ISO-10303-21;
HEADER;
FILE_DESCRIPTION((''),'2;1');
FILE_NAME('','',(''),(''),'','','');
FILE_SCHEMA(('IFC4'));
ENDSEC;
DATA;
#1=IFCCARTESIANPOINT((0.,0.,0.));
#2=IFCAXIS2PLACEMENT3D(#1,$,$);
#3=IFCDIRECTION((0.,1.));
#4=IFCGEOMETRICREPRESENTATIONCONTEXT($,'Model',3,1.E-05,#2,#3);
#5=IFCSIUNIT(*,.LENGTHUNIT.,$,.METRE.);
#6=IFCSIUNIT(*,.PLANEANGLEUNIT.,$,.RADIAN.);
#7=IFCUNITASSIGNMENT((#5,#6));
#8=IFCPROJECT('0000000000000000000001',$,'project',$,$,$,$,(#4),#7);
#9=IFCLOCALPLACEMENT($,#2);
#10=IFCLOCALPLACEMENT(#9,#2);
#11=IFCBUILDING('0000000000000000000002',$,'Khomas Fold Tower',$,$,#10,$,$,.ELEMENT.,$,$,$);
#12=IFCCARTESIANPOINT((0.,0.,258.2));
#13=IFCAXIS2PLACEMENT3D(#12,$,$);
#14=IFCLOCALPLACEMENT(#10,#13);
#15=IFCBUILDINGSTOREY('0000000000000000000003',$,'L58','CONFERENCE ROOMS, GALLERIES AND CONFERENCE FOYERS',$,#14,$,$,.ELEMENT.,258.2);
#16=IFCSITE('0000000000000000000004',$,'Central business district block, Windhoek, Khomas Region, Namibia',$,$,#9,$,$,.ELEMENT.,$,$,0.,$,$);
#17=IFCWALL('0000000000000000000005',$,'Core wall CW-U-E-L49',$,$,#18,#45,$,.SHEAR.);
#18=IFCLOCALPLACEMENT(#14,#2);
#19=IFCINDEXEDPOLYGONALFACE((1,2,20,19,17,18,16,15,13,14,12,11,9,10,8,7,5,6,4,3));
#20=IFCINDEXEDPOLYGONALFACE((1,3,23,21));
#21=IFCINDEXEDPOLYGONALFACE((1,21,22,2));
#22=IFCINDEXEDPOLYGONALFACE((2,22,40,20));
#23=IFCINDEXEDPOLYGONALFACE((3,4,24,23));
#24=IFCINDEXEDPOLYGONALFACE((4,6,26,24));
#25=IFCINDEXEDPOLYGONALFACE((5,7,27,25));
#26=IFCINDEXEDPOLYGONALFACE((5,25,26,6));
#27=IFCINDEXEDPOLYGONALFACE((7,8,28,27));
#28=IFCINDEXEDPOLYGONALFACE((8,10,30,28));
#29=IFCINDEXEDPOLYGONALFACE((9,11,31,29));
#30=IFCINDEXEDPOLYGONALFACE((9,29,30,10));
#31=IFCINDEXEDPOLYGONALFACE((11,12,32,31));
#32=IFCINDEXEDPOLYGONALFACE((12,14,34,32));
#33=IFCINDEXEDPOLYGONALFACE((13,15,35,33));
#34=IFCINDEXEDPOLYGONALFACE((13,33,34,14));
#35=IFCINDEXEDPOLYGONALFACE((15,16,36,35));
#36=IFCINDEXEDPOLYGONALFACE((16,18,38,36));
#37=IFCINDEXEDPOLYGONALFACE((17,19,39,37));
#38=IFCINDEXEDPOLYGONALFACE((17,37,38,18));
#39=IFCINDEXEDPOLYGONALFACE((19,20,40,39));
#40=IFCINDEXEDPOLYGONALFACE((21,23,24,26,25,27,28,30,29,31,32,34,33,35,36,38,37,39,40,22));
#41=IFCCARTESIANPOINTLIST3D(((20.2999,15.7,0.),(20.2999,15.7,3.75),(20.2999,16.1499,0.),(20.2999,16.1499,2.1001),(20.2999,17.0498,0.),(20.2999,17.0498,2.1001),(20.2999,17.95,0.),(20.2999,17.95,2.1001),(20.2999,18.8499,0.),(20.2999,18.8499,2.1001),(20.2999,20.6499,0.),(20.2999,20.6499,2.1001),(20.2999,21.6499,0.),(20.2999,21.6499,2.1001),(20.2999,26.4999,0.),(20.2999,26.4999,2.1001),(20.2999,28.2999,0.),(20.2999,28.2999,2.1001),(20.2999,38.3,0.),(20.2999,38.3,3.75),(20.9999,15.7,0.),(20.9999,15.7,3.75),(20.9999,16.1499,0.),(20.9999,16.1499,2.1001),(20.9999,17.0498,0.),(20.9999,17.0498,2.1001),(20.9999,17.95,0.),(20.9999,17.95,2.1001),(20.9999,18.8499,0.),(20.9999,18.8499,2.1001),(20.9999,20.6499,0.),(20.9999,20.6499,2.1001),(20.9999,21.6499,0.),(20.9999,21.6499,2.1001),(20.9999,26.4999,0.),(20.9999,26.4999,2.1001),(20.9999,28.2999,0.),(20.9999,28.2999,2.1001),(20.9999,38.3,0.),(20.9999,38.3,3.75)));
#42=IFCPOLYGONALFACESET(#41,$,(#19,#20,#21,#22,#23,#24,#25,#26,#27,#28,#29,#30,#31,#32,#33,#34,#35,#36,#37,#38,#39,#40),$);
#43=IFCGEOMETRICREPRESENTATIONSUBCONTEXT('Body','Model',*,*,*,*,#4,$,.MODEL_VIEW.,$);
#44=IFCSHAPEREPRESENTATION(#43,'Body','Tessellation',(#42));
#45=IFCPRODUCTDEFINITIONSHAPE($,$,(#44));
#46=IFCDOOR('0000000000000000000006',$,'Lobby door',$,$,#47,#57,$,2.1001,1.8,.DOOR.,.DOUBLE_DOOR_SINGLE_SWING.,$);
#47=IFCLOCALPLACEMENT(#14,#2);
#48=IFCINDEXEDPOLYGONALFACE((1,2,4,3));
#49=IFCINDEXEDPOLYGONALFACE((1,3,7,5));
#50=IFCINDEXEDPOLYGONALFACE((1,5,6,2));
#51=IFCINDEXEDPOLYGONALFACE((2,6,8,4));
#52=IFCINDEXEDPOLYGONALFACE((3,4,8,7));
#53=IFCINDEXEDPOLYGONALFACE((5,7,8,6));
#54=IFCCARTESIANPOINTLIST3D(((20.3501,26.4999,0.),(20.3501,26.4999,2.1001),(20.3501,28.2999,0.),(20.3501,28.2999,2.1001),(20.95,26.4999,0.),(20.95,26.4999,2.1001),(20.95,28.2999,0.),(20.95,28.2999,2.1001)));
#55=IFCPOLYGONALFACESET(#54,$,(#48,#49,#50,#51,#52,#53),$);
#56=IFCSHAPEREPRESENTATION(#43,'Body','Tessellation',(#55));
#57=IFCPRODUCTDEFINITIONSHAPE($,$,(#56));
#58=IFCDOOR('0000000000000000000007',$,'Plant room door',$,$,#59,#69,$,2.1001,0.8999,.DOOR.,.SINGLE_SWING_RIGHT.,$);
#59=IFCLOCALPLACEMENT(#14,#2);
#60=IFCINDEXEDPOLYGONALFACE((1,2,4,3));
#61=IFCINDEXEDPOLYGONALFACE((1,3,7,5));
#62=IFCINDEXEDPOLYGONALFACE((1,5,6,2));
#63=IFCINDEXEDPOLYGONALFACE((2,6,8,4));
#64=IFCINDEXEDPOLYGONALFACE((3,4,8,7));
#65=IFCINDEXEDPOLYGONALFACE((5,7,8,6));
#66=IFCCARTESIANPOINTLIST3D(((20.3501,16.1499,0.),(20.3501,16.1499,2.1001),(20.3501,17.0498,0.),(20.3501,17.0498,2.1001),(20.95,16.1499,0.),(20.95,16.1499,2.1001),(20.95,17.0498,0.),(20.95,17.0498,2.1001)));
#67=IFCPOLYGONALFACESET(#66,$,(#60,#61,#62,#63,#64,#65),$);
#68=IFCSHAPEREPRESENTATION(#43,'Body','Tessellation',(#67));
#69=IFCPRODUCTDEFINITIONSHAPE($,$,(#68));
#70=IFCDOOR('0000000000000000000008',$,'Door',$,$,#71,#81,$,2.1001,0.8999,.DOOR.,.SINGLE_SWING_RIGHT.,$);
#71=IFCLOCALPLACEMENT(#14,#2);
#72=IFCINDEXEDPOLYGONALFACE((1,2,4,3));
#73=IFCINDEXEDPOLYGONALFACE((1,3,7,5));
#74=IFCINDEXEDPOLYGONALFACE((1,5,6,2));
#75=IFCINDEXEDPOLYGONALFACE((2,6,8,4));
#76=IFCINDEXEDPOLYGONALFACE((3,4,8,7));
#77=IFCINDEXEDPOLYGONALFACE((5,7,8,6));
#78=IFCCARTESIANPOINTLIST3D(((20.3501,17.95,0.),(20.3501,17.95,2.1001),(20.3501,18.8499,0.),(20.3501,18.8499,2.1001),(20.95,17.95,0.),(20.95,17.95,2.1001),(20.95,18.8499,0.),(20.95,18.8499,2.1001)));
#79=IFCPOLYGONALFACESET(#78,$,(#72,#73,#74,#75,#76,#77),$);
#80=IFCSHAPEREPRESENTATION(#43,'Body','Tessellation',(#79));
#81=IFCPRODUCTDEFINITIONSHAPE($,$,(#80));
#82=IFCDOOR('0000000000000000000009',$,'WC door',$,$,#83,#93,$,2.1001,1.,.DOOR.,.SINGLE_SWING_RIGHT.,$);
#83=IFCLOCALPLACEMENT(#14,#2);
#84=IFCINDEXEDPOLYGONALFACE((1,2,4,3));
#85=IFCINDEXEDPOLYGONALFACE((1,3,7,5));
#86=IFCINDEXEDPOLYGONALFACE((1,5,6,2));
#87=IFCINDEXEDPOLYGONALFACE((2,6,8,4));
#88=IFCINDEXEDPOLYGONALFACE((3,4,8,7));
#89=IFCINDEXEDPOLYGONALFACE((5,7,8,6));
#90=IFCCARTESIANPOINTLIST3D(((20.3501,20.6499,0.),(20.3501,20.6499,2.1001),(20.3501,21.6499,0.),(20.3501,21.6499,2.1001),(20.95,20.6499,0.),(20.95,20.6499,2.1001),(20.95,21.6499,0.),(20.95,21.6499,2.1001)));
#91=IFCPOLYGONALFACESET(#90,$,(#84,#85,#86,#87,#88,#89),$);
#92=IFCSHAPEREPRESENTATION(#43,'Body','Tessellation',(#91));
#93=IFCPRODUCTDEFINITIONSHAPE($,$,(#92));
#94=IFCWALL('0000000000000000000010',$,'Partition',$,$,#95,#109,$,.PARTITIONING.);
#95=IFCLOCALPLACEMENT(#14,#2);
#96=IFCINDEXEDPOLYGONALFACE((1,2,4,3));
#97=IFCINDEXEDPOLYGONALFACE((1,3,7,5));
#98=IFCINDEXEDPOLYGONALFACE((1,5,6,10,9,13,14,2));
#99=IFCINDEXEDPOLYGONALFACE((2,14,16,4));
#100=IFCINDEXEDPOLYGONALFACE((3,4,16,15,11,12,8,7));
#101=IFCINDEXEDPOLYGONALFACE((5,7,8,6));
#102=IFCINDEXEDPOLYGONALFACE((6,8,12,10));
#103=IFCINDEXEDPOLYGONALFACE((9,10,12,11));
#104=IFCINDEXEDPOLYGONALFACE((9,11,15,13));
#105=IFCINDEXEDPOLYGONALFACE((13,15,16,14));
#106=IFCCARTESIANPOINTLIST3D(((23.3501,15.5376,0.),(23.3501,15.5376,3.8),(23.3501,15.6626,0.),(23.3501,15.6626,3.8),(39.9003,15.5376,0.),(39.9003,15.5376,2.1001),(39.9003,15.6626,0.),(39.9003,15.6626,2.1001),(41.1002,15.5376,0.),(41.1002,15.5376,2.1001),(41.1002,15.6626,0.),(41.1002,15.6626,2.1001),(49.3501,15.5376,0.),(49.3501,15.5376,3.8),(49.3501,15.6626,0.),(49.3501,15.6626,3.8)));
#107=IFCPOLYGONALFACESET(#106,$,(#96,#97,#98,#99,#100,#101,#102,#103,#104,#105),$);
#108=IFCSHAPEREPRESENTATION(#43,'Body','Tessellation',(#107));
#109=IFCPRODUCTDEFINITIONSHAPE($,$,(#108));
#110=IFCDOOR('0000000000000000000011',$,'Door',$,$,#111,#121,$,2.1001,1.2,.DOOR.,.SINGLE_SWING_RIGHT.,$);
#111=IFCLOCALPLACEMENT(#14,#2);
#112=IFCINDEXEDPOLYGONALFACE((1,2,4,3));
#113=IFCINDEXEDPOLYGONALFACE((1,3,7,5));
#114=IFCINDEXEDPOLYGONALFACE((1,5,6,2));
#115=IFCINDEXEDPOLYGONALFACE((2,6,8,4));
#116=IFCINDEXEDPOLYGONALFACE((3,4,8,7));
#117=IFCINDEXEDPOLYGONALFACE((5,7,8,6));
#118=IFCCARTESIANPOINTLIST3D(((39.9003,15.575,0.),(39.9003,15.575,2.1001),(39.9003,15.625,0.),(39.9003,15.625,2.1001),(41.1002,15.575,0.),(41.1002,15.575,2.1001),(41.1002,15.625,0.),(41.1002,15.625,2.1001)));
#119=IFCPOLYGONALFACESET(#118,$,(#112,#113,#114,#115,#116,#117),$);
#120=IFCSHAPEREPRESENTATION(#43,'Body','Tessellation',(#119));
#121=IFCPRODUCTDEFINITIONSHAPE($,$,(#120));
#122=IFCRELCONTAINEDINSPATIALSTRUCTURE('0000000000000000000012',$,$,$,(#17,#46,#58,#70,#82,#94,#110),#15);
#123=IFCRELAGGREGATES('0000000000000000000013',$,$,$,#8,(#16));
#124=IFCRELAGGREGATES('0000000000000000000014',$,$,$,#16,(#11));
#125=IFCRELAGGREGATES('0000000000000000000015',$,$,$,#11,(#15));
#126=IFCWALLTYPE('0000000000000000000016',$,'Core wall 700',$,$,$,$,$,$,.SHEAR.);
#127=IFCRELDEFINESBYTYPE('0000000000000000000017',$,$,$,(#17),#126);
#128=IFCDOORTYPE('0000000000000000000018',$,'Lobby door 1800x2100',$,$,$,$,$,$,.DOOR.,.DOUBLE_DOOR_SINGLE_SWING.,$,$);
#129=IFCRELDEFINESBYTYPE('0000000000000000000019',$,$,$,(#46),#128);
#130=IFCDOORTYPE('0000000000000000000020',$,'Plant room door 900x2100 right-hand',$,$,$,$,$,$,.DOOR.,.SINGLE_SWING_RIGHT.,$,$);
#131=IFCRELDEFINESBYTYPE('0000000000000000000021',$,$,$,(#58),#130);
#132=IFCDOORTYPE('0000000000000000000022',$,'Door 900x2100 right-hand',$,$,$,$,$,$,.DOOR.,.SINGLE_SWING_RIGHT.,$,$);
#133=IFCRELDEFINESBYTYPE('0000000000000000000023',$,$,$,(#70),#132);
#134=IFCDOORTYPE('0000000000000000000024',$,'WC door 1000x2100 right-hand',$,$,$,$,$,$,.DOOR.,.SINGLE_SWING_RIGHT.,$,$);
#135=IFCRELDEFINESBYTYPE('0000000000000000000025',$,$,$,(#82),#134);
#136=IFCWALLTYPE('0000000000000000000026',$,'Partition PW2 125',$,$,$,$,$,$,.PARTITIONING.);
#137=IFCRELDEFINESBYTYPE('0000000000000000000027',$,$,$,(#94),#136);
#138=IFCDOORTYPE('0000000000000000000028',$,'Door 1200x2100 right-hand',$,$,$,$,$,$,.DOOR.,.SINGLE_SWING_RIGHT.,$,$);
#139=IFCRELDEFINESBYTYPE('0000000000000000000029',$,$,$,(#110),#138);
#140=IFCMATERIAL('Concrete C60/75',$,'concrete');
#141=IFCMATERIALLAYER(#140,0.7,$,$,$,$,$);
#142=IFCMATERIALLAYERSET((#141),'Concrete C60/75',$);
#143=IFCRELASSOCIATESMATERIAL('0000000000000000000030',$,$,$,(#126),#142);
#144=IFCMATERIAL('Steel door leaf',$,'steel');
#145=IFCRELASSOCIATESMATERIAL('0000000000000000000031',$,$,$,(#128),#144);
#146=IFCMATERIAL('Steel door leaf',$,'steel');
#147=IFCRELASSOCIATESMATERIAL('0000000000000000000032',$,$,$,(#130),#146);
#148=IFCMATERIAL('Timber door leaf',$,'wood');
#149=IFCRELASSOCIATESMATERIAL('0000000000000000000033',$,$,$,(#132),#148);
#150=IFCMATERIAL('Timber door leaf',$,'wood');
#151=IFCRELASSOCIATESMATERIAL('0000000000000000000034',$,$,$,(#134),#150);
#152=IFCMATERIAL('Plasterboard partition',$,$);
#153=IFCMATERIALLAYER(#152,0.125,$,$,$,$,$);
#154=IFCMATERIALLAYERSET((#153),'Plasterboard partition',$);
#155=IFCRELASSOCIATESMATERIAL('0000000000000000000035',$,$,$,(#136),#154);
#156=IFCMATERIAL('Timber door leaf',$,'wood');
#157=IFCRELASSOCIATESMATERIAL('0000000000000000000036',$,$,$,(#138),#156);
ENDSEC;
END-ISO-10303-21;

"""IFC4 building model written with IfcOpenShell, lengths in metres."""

from ifc_helpers import new_model, si_unit, direction, frame, frame_2d, origin, place, context, subcontext, project, spatial, rectangle, extrude, source, transform, mapped, material, layer, layer_set, type_object, element, fill, save


model = new_model("IFC4")

# Units and contexts
model_context = context("Model", 3, precision=1e-05, world=origin(), true_north=direction((0.0, 1.0)))
body_context = subcontext(model_context, "Body", "Model", "MODEL_VIEW")
ifc_project = project(units=[si_unit("LENGTHUNIT", "METRE"), si_unit("PLANEANGLEUNIT", "RADIAN")], contexts=[model_context])

# Site, building, storey
site_placement = place(None, origin())
site = spatial("IfcSite", under=ifc_project, at=site_placement, Name="Central business district block, Windhoek, Khomas Region, Namibia", CompositionType="ELEMENT", RefElevation=0.0)
building_placement = place(site_placement, origin())
building = spatial("IfcBuilding", under=site, at=building_placement, Name="Khomas Fold Tower", CompositionType="ELEMENT")
storey_placement = place(building_placement, frame((0.0, 0.0, 258.2)))
storey = spatial("IfcBuildingStorey", under=building, at=storey_placement, Name="L58", Description="CONFERENCE ROOMS, GALLERIES AND CONFERENCE FOYERS", CompositionType="ELEMENT", Elevation=258.2)

# Wall, openings, doors
ifc_material_1 = material(Name="Concrete C60/75", Category="concrete")
ifc_layer_1 = layer(ifc_material_1, 0.7)
ifc_layer_set_1 = layer_set([ifc_layer_1], Name="Concrete C60/75")
wall_type_1 = type_object("IfcWallType", Name="Core wall 700", PredefinedType="SHEAR", material=ifc_layer_set_1)
shared_shape_1 = source(origin(), body_context, "Body", "SweptSolid", [
    extrude(rectangle(XDim=22.6001, YDim=0.7, at=frame_2d((11.3, 0.0))), origin(), (0.0, 0.0, 1.0), 3.75),
])
wall_1_placement = place(storey_placement, frame((20.6499, 15.7, 0.0), z_axis=(0.0, 0.0, 1.0), x_axis=(0.0, 1.0, 0.0)))
wall_1 = element("IfcWall", 1, at=wall_1_placement, inside=storey, type_object=wall_type_1, Name="Core wall CW-U-E-L49", PredefinedType="SHEAR", context=body_context, shape_type="MappedRepresentation", body=[
    mapped(shared_shape_1, transform((0.0, 0.0, 0.0))),
])
shared_shape_2 = source(origin(), body_context, "Body", "SweptSolid", [
    extrude(rectangle(XDim=1.8, YDim=2.1001, at=frame_2d((0.8999, 1.05))), frame((0.0, 0.3599, 0.0), z_axis=(0.0, -1.0, 0.0), x_axis=(1.0, 0.0, 0.0)), (0.0, 0.0, 1.0), 0.72),
])
opening_1_placement = place(wall_1_placement, frame((10.8, 0.0, 0.0)))
opening_1 = element("IfcOpeningElement", 2, at=opening_1_placement, cuts=wall_1, PredefinedType="OPENING", context=body_context, shape_type="MappedRepresentation", body=[
    mapped(shared_shape_2, transform((0.0, 0.0, 0.0))),
])
shared_shape_3 = source(origin(), body_context, "Body", "SweptSolid", [
    extrude(rectangle(XDim=0.8999, YDim=2.1001, at=frame_2d((0.45, 1.05))), frame((0.0, 0.3599, 0.0), z_axis=(0.0, -1.0, 0.0), x_axis=(1.0, 0.0, 0.0)), (0.0, 0.0, 1.0), 0.72),
])
opening_2_placement = place(wall_1_placement, frame((0.45, 0.0, 0.0)))
opening_2 = element("IfcOpeningElement", 3, at=opening_2_placement, cuts=wall_1, PredefinedType="OPENING", context=body_context, shape_type="MappedRepresentation", body=[
    mapped(shared_shape_3, transform((0.0, 0.0, 0.0))),
])
opening_3_placement = place(wall_1_placement, frame((2.25, 0.0, 0.0)))
opening_3 = element("IfcOpeningElement", 4, at=opening_3_placement, cuts=wall_1, PredefinedType="OPENING", context=body_context, shape_type="MappedRepresentation", body=[
    mapped(shared_shape_3, transform((0.0, 0.0, 0.0))),
])
shared_shape_4 = source(origin(), body_context, "Body", "SweptSolid", [
    extrude(rectangle(XDim=1.0, YDim=2.1001, at=frame_2d((0.5, 1.05))), frame((0.0, 0.3599, 0.0), z_axis=(0.0, -1.0, 0.0), x_axis=(1.0, 0.0, 0.0)), (0.0, 0.0, 1.0), 0.72),
])
opening_4_placement = place(wall_1_placement, frame((4.95, 0.0, 0.0)))
opening_4 = element("IfcOpeningElement", 5, at=opening_4_placement, cuts=wall_1, PredefinedType="OPENING", context=body_context, shape_type="MappedRepresentation", body=[
    mapped(shared_shape_4, transform((0.0, 0.0, 0.0))),
])
ifc_material_2 = material(Name="Steel door leaf", Category="steel")
door_type_1 = type_object("IfcDoorType", Name="Lobby door 1800x2100", OperationType="DOUBLE_DOOR_SINGLE_SWING", PredefinedType="DOOR", material=ifc_material_2)
shared_shape_5 = source(origin(), body_context, "Body", "SweptSolid", [
    extrude(rectangle(XDim=1.8, YDim=2.1001, at=frame_2d((0.8999, 1.05))), frame((0.0, 0.2998, 0.0), z_axis=(0.0, -1.0, 0.0), x_axis=(1.0, 0.0, 0.0)), (0.0, 0.0, 1.0), 0.5999),
])
door_1_placement = place(opening_1_placement, origin())
door_1 = element("IfcDoor", 6, at=door_1_placement, inside=storey, type_object=door_type_1, Name="Lobby door", OperationType="DOUBLE_DOOR_SINGLE_SWING", OverallHeight=2.1001, OverallWidth=1.8, PredefinedType="DOOR", context=body_context, shape_type="MappedRepresentation", body=[
    mapped(shared_shape_5, transform((0.0, 0.0, 0.0))),
])
fill(opening_1, door_1)
ifc_material_3 = material(Name="Steel door leaf", Category="steel")
door_type_2 = type_object("IfcDoorType", Name="Plant room door 900x2100 right-hand", OperationType="SINGLE_SWING_RIGHT", PredefinedType="DOOR", material=ifc_material_3)
shared_shape_6 = source(origin(), body_context, "Body", "SweptSolid", [
    extrude(rectangle(XDim=0.8999, YDim=2.1001, at=frame_2d((0.45, 1.05))), frame((0.0, 0.2998, 0.0), z_axis=(0.0, -1.0, 0.0), x_axis=(1.0, 0.0, 0.0)), (0.0, 0.0, 1.0), 0.5999),
])
door_2_placement = place(opening_2_placement, origin())
door_2 = element("IfcDoor", 7, at=door_2_placement, inside=storey, type_object=door_type_2, Name="Plant room door", OperationType="SINGLE_SWING_RIGHT", OverallHeight=2.1001, OverallWidth=0.8999, PredefinedType="DOOR", context=body_context, shape_type="MappedRepresentation", body=[
    mapped(shared_shape_6, transform((0.0, 0.0, 0.0))),
])
fill(opening_2, door_2)
ifc_material_4 = material(Name="Timber door leaf", Category="wood")
door_type_3 = type_object("IfcDoorType", Name="Door 900x2100 right-hand", OperationType="SINGLE_SWING_RIGHT", PredefinedType="DOOR", material=ifc_material_4)
door_3_placement = place(opening_3_placement, origin())
door_3 = element("IfcDoor", 8, at=door_3_placement, inside=storey, type_object=door_type_3, Name="Door", OperationType="SINGLE_SWING_RIGHT", OverallHeight=2.1001, OverallWidth=0.8999, PredefinedType="DOOR", context=body_context, shape_type="MappedRepresentation", body=[
    mapped(shared_shape_6, transform((0.0, 0.0, 0.0))),
])
fill(opening_3, door_3)
ifc_material_5 = material(Name="Timber door leaf", Category="wood")
door_type_4 = type_object("IfcDoorType", Name="WC door 1000x2100 right-hand", OperationType="SINGLE_SWING_RIGHT", PredefinedType="DOOR", material=ifc_material_5)
shared_shape_7 = source(origin(), body_context, "Body", "SweptSolid", [
    extrude(rectangle(XDim=1.0, YDim=2.1001, at=frame_2d((0.5, 1.05))), frame((0.0, 0.2998, 0.0), z_axis=(0.0, -1.0, 0.0), x_axis=(1.0, 0.0, 0.0)), (0.0, 0.0, 1.0), 0.5999),
])
door_4_placement = place(opening_4_placement, origin())
door_4 = element("IfcDoor", 9, at=door_4_placement, inside=storey, type_object=door_type_4, Name="WC door", OperationType="SINGLE_SWING_RIGHT", OverallHeight=2.1001, OverallWidth=1.0, PredefinedType="DOOR", context=body_context, shape_type="MappedRepresentation", body=[
    mapped(shared_shape_7, transform((0.0, 0.0, 0.0))),
])
fill(opening_4, door_4)

# Wall, opening, door
ifc_material_6 = material(Name="Plasterboard partition")
ifc_layer_2 = layer(ifc_material_6, 0.125)
ifc_layer_set_2 = layer_set([ifc_layer_2], Name="Plasterboard partition")
wall_type_2 = type_object("IfcWallType", Name="Partition PW2 125", PredefinedType="PARTITIONING", material=ifc_layer_set_2)
shared_shape_8 = source(origin(), body_context, "Body", "SweptSolid", [
    extrude(rectangle(XDim=26.0, YDim=0.125, at=frame_2d((13.0, 0.0))), origin(), (0.0, 0.0, 1.0), 3.8),
])
wall_2_placement = place(storey_placement, frame((23.3501, 15.6001, 0.0), z_axis=(0.0, 0.0, 1.0), x_axis=(1.0, 0.0, 0.0)))
wall_2 = element("IfcWall", 10, at=wall_2_placement, inside=storey, type_object=wall_type_2, Name="Partition", PredefinedType="PARTITIONING", context=body_context, shape_type="MappedRepresentation", body=[
    mapped(shared_shape_8, transform((0.0, 0.0, 0.0))),
])
shared_shape_9 = source(origin(), body_context, "Body", "SweptSolid", [
    extrude(rectangle(XDim=1.2, YDim=2.1001, at=frame_2d((0.6001, 1.05))), frame((0.0, 0.0725, 0.0), z_axis=(0.0, -1.0, 0.0), x_axis=(1.0, 0.0, 0.0)), (0.0, 0.0, 1.0), 0.145),
])
opening_5_placement = place(wall_2_placement, frame((16.55, 0.0, 0.0)))
opening_5 = element("IfcOpeningElement", 11, at=opening_5_placement, cuts=wall_2, PredefinedType="OPENING", context=body_context, shape_type="MappedRepresentation", body=[
    mapped(shared_shape_9, transform((0.0, 0.0, 0.0))),
])
ifc_material_7 = material(Name="Timber door leaf", Category="wood")
door_type_5 = type_object("IfcDoorType", Name="Door 1200x2100 right-hand", OperationType="SINGLE_SWING_RIGHT", PredefinedType="DOOR", material=ifc_material_7)
shared_shape_10 = source(origin(), body_context, "Body", "SweptSolid", [
    extrude(rectangle(XDim=1.2, YDim=2.1001, at=frame_2d((0.6001, 1.05))), frame((0.0, 0.0249, 0.0), z_axis=(0.0, -1.0, 0.0), x_axis=(1.0, 0.0, 0.0)), (0.0, 0.0, 1.0), 0.05),
])
door_5_placement = place(opening_5_placement, origin())
door_5 = element("IfcDoor", 12, at=door_5_placement, inside=storey, type_object=door_type_5, Name="Door", OperationType="SINGLE_SWING_RIGHT", OverallHeight=2.1001, OverallWidth=1.2, PredefinedType="DOOR", context=body_context, shape_type="MappedRepresentation", body=[
    mapped(shared_shape_10, transform((0.0, 0.0, 0.0))),
])
fill(opening_5, door_5)

save(model, "model.ifc")
